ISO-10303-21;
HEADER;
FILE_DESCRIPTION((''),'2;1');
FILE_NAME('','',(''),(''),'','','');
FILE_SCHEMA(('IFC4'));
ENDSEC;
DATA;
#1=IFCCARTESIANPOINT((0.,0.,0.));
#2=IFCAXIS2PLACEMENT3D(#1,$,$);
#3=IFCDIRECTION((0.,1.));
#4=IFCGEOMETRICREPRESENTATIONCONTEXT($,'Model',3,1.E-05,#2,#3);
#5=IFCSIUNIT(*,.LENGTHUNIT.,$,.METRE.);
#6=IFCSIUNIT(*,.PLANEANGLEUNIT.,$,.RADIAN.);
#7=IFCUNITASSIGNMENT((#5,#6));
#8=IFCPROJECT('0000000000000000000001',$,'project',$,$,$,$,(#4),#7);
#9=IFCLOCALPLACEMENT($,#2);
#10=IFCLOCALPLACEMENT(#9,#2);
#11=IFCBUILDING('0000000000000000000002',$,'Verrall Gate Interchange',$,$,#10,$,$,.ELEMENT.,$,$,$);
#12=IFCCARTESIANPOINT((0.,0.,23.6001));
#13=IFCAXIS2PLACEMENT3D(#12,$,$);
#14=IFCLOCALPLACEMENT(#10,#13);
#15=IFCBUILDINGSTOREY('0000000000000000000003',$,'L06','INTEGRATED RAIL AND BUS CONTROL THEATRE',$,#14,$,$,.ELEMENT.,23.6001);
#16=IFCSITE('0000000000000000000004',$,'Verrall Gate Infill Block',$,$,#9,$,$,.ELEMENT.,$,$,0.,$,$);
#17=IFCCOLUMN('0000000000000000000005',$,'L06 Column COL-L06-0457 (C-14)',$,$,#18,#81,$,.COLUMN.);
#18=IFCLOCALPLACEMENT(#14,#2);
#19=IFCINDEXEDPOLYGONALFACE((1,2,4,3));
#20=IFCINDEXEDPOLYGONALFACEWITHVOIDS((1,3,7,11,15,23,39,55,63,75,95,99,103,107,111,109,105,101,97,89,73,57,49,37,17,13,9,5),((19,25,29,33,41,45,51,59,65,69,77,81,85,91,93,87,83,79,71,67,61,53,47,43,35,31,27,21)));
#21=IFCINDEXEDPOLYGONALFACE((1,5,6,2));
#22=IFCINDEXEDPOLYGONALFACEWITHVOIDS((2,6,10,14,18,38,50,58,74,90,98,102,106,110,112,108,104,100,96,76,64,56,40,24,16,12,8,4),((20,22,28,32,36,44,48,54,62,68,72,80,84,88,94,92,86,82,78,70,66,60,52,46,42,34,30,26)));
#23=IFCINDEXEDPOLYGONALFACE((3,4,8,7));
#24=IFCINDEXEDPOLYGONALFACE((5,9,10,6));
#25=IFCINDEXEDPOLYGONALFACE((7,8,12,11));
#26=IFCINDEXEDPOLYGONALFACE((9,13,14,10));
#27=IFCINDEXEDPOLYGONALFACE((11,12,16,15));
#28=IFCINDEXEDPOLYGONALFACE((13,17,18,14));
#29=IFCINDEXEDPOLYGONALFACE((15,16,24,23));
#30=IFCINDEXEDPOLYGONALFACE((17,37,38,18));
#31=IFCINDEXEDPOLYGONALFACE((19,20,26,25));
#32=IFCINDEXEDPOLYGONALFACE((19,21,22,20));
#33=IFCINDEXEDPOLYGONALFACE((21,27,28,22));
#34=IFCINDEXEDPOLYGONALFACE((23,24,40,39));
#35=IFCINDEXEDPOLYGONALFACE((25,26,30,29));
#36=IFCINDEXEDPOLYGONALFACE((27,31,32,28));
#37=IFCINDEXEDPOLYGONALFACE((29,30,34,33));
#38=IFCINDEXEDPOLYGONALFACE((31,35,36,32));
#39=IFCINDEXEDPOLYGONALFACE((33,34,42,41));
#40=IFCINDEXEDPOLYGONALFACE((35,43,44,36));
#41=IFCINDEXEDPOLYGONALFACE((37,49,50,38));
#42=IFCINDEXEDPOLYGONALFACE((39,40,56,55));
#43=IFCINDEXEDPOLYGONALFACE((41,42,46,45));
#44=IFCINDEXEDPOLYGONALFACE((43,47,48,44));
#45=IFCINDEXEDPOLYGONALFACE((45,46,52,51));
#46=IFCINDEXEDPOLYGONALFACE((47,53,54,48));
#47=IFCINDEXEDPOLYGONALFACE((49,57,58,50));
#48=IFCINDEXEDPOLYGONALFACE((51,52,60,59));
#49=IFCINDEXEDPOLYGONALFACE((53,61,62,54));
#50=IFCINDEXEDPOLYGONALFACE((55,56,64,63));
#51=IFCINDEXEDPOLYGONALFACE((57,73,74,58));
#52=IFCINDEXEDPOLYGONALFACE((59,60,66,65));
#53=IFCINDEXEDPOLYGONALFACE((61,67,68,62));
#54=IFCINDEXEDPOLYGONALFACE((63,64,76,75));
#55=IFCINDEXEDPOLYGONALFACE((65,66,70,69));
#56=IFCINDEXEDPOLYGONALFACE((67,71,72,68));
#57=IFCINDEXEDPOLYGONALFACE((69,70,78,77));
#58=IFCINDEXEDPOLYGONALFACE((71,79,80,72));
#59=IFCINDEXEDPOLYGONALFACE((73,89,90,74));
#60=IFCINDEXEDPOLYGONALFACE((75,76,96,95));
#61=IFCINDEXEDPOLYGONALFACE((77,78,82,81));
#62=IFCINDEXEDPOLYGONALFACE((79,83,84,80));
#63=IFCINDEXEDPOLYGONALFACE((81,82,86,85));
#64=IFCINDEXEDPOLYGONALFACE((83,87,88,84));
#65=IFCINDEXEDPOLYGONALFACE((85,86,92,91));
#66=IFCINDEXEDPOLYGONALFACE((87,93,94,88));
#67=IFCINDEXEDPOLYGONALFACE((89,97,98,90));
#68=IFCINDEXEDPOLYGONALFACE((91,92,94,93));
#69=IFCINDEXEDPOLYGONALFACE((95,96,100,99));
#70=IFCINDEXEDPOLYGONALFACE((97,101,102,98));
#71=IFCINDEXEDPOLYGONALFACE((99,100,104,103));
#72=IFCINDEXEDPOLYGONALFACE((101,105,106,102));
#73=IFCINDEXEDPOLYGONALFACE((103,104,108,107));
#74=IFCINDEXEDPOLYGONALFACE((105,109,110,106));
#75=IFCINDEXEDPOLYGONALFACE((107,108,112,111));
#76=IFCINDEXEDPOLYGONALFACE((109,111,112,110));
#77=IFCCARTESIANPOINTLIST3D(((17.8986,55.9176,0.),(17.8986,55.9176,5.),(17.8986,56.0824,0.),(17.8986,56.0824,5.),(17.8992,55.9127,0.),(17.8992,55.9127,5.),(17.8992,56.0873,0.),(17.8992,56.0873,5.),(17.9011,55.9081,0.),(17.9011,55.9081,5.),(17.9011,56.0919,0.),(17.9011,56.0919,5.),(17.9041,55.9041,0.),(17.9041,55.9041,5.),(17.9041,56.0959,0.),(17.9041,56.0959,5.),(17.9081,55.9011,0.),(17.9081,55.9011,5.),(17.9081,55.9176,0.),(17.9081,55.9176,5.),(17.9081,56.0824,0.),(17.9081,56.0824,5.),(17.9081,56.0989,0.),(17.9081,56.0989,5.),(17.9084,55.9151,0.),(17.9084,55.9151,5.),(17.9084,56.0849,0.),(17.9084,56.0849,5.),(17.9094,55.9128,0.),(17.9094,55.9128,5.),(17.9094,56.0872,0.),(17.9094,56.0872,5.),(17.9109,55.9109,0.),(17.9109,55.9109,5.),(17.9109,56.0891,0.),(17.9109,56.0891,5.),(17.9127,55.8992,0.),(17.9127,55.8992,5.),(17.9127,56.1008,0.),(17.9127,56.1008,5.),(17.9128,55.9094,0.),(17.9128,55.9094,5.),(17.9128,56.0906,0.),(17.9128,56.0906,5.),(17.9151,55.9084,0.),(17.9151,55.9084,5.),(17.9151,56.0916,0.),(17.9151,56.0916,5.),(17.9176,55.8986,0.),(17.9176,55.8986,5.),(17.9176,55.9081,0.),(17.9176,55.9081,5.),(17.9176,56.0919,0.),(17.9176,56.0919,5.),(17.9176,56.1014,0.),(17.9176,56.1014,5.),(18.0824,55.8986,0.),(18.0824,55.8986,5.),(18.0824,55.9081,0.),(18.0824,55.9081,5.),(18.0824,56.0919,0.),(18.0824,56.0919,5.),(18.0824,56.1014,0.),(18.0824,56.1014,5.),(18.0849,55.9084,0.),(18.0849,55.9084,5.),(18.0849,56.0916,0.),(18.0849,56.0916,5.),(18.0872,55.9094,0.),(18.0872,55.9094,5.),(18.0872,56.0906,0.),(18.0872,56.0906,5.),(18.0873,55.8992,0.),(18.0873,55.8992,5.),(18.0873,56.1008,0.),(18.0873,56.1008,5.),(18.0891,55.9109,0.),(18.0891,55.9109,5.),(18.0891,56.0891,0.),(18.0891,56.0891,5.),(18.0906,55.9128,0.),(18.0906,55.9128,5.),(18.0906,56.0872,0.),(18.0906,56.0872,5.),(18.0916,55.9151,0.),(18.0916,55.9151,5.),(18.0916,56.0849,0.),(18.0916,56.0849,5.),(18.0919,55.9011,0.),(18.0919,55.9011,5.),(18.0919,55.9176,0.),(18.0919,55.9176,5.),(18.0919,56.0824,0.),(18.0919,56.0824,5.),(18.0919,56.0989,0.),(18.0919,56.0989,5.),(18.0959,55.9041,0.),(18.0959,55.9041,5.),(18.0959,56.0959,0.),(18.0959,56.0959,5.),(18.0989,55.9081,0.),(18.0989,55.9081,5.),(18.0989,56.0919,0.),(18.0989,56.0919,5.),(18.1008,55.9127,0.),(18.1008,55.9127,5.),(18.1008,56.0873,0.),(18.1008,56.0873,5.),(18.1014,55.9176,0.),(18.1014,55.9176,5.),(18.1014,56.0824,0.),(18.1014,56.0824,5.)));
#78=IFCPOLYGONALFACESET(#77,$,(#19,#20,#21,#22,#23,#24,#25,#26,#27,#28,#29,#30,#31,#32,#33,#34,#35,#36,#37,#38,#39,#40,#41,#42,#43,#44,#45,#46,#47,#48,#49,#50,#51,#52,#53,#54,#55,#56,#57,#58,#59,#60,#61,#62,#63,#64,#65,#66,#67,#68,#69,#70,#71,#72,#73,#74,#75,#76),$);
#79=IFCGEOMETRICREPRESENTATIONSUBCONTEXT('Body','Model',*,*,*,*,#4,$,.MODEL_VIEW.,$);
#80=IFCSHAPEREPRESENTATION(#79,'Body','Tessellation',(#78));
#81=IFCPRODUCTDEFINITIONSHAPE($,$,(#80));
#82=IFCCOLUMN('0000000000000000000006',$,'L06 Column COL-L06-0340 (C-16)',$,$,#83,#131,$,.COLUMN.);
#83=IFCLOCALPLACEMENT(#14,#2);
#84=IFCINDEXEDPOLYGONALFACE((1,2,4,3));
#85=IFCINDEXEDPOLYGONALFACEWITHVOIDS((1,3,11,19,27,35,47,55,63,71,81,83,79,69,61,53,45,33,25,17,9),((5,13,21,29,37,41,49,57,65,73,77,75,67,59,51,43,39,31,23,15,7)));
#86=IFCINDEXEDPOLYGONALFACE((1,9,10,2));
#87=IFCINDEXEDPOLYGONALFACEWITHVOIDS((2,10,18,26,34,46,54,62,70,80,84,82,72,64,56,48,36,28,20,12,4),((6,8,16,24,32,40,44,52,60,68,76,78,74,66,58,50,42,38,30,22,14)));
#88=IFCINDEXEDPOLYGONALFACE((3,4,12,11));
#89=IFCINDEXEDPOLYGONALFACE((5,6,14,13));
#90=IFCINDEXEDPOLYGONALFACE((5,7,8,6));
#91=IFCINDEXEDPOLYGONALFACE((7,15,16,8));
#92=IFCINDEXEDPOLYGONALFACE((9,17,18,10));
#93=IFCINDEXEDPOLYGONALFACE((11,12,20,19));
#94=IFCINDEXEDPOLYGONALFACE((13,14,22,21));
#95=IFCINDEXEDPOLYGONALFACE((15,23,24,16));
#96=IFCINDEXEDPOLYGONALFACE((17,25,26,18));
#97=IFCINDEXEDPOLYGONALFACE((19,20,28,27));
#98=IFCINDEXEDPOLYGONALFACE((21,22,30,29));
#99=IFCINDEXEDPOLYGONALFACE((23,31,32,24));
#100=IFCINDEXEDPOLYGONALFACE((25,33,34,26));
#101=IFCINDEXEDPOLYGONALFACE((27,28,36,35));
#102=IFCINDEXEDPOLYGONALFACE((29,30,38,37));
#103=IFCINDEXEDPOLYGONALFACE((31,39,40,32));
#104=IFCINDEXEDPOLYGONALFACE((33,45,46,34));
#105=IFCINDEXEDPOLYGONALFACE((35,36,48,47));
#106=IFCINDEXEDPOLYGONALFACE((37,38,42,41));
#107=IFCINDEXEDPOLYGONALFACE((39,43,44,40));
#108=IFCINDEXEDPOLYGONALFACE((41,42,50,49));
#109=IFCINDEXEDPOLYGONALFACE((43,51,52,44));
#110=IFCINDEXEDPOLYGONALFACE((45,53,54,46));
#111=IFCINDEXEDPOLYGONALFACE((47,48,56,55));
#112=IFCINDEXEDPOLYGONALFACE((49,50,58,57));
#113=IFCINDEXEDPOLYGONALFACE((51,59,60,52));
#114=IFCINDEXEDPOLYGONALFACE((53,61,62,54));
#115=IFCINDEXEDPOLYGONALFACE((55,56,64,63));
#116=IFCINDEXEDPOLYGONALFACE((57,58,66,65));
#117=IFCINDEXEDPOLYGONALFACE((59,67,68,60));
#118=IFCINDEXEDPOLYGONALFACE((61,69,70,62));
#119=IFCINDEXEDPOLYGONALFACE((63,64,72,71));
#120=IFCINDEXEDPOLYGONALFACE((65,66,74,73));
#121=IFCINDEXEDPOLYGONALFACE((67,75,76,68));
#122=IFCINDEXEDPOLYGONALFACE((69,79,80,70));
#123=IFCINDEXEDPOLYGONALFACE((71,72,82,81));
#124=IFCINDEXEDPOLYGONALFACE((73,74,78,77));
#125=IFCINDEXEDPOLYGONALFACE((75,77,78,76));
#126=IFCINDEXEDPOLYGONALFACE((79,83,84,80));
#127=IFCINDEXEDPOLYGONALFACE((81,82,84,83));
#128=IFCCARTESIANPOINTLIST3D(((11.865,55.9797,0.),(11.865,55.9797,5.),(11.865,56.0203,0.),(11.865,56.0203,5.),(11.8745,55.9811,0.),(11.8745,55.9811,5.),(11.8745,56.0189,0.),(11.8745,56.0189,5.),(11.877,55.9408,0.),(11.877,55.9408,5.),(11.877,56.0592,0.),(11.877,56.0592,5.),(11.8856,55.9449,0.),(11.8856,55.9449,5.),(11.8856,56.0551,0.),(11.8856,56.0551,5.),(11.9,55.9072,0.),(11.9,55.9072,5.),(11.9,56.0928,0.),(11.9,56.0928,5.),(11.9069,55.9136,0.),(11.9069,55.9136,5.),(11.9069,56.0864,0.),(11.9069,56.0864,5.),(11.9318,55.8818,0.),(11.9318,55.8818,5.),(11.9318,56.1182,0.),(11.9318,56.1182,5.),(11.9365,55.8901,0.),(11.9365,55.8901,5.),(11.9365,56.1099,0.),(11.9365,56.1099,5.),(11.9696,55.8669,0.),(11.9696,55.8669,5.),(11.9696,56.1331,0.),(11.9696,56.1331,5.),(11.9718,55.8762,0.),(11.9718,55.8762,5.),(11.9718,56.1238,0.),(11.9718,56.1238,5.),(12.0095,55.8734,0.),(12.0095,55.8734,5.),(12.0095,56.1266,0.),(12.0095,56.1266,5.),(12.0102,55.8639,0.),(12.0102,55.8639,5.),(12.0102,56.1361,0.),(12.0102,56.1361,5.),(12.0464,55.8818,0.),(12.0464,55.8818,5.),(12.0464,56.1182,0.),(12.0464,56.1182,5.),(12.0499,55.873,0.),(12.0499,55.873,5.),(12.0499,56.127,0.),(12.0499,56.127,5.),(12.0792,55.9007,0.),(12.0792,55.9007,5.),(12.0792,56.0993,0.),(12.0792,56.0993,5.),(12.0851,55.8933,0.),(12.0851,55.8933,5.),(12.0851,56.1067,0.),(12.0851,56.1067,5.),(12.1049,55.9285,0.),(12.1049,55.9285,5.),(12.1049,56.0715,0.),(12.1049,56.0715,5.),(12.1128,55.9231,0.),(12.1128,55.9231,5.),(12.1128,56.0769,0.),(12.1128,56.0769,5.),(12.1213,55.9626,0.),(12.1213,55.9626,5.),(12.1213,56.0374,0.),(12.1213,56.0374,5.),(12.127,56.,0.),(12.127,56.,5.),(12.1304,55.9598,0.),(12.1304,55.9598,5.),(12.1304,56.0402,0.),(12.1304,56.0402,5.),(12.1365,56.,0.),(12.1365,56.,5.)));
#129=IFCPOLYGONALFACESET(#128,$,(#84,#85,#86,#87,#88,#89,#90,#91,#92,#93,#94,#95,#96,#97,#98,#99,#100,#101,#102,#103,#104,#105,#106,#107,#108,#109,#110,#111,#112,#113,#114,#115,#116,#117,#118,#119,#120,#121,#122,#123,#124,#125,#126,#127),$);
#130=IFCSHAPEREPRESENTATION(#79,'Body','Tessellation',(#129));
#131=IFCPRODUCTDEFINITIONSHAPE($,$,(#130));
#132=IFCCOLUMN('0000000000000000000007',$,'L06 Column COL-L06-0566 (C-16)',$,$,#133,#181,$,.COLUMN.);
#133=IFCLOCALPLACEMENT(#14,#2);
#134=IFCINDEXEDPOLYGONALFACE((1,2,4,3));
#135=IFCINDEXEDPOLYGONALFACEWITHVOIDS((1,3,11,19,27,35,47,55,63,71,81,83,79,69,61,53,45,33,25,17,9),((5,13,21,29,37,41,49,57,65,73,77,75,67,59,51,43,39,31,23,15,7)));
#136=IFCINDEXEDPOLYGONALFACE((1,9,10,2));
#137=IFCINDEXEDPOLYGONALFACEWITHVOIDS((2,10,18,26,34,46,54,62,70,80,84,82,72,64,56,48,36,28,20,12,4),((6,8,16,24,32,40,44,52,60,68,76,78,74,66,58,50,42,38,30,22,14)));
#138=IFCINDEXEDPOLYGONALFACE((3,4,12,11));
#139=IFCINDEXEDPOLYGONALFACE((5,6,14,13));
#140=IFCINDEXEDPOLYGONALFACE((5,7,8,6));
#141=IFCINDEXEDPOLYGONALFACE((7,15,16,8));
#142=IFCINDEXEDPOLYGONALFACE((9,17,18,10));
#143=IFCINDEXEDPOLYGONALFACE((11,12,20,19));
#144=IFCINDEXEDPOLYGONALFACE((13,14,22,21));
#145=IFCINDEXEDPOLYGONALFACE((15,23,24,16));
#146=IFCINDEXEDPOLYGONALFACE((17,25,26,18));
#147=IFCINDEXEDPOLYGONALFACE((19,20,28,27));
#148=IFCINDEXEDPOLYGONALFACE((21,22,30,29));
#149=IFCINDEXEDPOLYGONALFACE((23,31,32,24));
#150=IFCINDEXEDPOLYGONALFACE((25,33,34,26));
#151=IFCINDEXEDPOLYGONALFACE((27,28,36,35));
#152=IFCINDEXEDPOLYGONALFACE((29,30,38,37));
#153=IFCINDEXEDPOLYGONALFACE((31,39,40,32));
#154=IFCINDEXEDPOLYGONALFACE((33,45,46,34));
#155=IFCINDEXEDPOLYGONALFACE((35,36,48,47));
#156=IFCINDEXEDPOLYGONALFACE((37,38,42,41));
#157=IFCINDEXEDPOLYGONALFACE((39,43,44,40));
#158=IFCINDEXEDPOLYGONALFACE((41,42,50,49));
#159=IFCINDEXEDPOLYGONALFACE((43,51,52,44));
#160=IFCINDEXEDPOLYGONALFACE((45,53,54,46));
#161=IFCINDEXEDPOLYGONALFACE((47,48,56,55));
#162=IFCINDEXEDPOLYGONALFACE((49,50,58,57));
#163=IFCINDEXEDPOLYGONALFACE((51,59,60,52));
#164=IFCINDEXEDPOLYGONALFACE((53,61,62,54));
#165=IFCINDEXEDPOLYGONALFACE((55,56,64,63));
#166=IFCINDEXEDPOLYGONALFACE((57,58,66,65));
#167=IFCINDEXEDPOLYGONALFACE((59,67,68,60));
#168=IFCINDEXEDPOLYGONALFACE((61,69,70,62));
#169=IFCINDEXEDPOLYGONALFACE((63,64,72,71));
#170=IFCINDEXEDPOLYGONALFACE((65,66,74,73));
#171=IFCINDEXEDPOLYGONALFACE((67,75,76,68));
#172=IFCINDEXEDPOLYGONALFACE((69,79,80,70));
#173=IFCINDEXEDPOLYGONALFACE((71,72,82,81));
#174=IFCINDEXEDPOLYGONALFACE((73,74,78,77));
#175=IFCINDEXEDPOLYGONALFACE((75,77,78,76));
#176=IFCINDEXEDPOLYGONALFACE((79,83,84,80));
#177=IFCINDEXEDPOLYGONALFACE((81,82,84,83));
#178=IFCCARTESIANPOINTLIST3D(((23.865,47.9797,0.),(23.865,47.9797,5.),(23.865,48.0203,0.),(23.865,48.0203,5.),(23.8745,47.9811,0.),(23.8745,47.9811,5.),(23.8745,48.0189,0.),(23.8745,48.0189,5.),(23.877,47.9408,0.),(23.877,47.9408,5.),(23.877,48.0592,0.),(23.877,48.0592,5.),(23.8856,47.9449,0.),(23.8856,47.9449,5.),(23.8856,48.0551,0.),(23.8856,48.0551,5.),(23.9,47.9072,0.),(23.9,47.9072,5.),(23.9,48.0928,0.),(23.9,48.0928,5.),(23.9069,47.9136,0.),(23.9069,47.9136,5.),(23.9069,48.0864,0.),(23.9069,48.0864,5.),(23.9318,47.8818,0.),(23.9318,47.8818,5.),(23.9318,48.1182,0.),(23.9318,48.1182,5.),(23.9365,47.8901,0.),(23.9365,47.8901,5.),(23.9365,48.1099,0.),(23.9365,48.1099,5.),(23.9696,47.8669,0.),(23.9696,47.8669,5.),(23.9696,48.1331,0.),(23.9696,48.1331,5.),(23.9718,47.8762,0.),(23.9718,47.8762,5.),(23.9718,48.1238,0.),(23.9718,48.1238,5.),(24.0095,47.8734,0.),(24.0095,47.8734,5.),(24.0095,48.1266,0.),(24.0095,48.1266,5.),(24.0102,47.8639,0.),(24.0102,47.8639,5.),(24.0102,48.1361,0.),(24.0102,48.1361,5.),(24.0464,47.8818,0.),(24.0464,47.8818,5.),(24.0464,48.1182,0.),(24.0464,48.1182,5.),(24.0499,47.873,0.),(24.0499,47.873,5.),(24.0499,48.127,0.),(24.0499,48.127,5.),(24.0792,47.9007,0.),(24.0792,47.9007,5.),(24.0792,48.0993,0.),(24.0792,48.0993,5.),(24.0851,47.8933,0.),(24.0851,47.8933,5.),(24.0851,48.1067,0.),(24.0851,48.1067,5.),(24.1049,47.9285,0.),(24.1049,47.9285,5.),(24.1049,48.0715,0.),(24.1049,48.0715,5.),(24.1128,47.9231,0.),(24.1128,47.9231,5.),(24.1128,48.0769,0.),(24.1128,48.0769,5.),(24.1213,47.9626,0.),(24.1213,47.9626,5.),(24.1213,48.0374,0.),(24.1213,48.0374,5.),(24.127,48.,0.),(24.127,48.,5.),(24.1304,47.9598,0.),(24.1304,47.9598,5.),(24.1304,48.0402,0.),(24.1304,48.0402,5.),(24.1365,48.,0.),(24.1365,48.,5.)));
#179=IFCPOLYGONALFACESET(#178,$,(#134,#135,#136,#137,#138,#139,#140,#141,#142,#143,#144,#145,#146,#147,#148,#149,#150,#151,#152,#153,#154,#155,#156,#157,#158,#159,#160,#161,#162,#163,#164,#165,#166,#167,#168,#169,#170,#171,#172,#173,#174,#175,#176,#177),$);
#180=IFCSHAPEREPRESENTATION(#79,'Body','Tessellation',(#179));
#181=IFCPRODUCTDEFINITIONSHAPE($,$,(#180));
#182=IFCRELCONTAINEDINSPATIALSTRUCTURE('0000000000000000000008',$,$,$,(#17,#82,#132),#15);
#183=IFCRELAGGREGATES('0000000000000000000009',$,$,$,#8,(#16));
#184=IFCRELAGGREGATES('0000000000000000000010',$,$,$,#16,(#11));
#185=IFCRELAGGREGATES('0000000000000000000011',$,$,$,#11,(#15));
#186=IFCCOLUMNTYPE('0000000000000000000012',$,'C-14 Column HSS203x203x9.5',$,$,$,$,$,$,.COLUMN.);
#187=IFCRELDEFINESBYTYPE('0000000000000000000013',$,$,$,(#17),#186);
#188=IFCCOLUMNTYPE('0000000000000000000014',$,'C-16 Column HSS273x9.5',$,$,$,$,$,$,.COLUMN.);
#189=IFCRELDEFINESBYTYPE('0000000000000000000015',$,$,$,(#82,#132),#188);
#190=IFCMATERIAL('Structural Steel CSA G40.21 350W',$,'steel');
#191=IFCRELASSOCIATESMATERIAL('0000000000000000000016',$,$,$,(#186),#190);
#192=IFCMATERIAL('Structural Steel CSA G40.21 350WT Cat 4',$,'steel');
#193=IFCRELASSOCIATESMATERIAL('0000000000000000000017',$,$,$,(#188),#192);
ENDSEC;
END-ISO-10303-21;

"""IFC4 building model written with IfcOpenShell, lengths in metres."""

from ifc_helpers import new_model, si_unit, direction, frame, origin, origin_2d, place, context, subcontext, project, spatial, hollow_rectangle, hollow_circle, extrude, material, material_profile, profile_set, type_object, element, save


model = new_model("IFC4")

# Units and contexts
model_context = context("Model", 3, precision=1e-05, world=origin(), true_north=direction((0.0, 1.0)))
body_context = subcontext(model_context, "Body", "Model", "MODEL_VIEW")
ifc_project = project(units=[si_unit("LENGTHUNIT", "METRE"), si_unit("PLANEANGLEUNIT", "RADIAN")], contexts=[model_context])

# Site, building, storey
site_placement = place(None, origin())
site = spatial("IfcSite", under=ifc_project, at=site_placement, Name="Verrall Gate Infill Block", CompositionType="ELEMENT", RefElevation=0.0)
building_placement = place(site_placement, origin())
building = spatial("IfcBuilding", under=site, at=building_placement, Name="Verrall Gate Interchange", CompositionType="ELEMENT")
storey_placement = place(building_placement, frame((0.0, 0.0, 23.6001)))
storey = spatial("IfcBuildingStorey", under=building, at=storey_placement, Name="L06", Description="INTEGRATED RAIL AND BUS CONTROL THEATRE", CompositionType="ELEMENT", Elevation=23.6001)

# Columns
ifc_material_1 = material(Name="Structural Steel CSA G40.21 350W", Category="steel")
ifc_material_profile_1 = material_profile(ifc_material_1, hollow_rectangle(XDim=0.2029, YDim=0.2029, WallThickness=0.0095, InnerFilletRadius=0.0095, OuterFilletRadius=0.019, at=origin_2d()), Name="HSS203x203x9.5")
ifc_profile_set_1 = profile_set([ifc_material_profile_1], Name="Structural Steel CSA G40.21 350W")
column_type_1 = type_object("IfcColumnType", Name="C-14 Column HSS203x203x9.5", PredefinedType="COLUMN", material=ifc_profile_set_1)
column_placement = place(storey_placement, frame((18.0, 56.0, 0.0), z_axis=(0.0, 0.0, 1.0), x_axis=(1.0, 0.0, 0.0)))
element("IfcColumn", 1, at=column_placement, inside=storey, type_object=column_type_1, Name="L06 Column COL-L06-0457 (C-14)", PredefinedType="COLUMN", context=body_context, shape_type="SweptSolid", body=[
    extrude(hollow_rectangle(XDim=0.2029, YDim=0.2029, WallThickness=0.0095, InnerFilletRadius=0.0095, OuterFilletRadius=0.019, at=origin_2d()), origin(), (0.0, 0.0, 1.0), 5.0),
])
ifc_material_2 = material(Name="Structural Steel CSA G40.21 350WT Cat 4", Category="steel")
ifc_material_profile_2 = material_profile(ifc_material_2, hollow_circle(Radius=0.1365, WallThickness=0.0095, at=origin_2d()), Name="HSS273x9.5")
ifc_profile_set_2 = profile_set([ifc_material_profile_2], Name="Structural Steel CSA G40.21 350WT Cat 4")
column_type_2 = type_object("IfcColumnType", Name="C-16 Column HSS273x9.5", PredefinedType="COLUMN", material=ifc_profile_set_2)
for number, where, z_axis, x_axis, name in (
    (2, (12.0, 56.0, 0.0), (0.0, 0.0, 1.0), (1.0, 0.0, 0.0), "L06 Column COL-L06-0340 (C-16)"),
    (3, (24.0, 48.0, 0.0), (0.0, 0.0, 1.0), (1.0, 0.0, 0.0), "L06 Column COL-L06-0566 (C-16)"),
):
    element("IfcColumn", number, at=place(storey_placement, frame(where, z_axis=z_axis, x_axis=x_axis)), inside=storey, type_object=column_type_2, Name=name, PredefinedType="COLUMN", context=body_context, shape_type="SweptSolid", body=[
        extrude(hollow_circle(Radius=0.1365, WallThickness=0.0095, at=origin_2d()), origin(), (0.0, 0.0, 1.0), 5.0),
    ])

save(model, "model.ifc")
